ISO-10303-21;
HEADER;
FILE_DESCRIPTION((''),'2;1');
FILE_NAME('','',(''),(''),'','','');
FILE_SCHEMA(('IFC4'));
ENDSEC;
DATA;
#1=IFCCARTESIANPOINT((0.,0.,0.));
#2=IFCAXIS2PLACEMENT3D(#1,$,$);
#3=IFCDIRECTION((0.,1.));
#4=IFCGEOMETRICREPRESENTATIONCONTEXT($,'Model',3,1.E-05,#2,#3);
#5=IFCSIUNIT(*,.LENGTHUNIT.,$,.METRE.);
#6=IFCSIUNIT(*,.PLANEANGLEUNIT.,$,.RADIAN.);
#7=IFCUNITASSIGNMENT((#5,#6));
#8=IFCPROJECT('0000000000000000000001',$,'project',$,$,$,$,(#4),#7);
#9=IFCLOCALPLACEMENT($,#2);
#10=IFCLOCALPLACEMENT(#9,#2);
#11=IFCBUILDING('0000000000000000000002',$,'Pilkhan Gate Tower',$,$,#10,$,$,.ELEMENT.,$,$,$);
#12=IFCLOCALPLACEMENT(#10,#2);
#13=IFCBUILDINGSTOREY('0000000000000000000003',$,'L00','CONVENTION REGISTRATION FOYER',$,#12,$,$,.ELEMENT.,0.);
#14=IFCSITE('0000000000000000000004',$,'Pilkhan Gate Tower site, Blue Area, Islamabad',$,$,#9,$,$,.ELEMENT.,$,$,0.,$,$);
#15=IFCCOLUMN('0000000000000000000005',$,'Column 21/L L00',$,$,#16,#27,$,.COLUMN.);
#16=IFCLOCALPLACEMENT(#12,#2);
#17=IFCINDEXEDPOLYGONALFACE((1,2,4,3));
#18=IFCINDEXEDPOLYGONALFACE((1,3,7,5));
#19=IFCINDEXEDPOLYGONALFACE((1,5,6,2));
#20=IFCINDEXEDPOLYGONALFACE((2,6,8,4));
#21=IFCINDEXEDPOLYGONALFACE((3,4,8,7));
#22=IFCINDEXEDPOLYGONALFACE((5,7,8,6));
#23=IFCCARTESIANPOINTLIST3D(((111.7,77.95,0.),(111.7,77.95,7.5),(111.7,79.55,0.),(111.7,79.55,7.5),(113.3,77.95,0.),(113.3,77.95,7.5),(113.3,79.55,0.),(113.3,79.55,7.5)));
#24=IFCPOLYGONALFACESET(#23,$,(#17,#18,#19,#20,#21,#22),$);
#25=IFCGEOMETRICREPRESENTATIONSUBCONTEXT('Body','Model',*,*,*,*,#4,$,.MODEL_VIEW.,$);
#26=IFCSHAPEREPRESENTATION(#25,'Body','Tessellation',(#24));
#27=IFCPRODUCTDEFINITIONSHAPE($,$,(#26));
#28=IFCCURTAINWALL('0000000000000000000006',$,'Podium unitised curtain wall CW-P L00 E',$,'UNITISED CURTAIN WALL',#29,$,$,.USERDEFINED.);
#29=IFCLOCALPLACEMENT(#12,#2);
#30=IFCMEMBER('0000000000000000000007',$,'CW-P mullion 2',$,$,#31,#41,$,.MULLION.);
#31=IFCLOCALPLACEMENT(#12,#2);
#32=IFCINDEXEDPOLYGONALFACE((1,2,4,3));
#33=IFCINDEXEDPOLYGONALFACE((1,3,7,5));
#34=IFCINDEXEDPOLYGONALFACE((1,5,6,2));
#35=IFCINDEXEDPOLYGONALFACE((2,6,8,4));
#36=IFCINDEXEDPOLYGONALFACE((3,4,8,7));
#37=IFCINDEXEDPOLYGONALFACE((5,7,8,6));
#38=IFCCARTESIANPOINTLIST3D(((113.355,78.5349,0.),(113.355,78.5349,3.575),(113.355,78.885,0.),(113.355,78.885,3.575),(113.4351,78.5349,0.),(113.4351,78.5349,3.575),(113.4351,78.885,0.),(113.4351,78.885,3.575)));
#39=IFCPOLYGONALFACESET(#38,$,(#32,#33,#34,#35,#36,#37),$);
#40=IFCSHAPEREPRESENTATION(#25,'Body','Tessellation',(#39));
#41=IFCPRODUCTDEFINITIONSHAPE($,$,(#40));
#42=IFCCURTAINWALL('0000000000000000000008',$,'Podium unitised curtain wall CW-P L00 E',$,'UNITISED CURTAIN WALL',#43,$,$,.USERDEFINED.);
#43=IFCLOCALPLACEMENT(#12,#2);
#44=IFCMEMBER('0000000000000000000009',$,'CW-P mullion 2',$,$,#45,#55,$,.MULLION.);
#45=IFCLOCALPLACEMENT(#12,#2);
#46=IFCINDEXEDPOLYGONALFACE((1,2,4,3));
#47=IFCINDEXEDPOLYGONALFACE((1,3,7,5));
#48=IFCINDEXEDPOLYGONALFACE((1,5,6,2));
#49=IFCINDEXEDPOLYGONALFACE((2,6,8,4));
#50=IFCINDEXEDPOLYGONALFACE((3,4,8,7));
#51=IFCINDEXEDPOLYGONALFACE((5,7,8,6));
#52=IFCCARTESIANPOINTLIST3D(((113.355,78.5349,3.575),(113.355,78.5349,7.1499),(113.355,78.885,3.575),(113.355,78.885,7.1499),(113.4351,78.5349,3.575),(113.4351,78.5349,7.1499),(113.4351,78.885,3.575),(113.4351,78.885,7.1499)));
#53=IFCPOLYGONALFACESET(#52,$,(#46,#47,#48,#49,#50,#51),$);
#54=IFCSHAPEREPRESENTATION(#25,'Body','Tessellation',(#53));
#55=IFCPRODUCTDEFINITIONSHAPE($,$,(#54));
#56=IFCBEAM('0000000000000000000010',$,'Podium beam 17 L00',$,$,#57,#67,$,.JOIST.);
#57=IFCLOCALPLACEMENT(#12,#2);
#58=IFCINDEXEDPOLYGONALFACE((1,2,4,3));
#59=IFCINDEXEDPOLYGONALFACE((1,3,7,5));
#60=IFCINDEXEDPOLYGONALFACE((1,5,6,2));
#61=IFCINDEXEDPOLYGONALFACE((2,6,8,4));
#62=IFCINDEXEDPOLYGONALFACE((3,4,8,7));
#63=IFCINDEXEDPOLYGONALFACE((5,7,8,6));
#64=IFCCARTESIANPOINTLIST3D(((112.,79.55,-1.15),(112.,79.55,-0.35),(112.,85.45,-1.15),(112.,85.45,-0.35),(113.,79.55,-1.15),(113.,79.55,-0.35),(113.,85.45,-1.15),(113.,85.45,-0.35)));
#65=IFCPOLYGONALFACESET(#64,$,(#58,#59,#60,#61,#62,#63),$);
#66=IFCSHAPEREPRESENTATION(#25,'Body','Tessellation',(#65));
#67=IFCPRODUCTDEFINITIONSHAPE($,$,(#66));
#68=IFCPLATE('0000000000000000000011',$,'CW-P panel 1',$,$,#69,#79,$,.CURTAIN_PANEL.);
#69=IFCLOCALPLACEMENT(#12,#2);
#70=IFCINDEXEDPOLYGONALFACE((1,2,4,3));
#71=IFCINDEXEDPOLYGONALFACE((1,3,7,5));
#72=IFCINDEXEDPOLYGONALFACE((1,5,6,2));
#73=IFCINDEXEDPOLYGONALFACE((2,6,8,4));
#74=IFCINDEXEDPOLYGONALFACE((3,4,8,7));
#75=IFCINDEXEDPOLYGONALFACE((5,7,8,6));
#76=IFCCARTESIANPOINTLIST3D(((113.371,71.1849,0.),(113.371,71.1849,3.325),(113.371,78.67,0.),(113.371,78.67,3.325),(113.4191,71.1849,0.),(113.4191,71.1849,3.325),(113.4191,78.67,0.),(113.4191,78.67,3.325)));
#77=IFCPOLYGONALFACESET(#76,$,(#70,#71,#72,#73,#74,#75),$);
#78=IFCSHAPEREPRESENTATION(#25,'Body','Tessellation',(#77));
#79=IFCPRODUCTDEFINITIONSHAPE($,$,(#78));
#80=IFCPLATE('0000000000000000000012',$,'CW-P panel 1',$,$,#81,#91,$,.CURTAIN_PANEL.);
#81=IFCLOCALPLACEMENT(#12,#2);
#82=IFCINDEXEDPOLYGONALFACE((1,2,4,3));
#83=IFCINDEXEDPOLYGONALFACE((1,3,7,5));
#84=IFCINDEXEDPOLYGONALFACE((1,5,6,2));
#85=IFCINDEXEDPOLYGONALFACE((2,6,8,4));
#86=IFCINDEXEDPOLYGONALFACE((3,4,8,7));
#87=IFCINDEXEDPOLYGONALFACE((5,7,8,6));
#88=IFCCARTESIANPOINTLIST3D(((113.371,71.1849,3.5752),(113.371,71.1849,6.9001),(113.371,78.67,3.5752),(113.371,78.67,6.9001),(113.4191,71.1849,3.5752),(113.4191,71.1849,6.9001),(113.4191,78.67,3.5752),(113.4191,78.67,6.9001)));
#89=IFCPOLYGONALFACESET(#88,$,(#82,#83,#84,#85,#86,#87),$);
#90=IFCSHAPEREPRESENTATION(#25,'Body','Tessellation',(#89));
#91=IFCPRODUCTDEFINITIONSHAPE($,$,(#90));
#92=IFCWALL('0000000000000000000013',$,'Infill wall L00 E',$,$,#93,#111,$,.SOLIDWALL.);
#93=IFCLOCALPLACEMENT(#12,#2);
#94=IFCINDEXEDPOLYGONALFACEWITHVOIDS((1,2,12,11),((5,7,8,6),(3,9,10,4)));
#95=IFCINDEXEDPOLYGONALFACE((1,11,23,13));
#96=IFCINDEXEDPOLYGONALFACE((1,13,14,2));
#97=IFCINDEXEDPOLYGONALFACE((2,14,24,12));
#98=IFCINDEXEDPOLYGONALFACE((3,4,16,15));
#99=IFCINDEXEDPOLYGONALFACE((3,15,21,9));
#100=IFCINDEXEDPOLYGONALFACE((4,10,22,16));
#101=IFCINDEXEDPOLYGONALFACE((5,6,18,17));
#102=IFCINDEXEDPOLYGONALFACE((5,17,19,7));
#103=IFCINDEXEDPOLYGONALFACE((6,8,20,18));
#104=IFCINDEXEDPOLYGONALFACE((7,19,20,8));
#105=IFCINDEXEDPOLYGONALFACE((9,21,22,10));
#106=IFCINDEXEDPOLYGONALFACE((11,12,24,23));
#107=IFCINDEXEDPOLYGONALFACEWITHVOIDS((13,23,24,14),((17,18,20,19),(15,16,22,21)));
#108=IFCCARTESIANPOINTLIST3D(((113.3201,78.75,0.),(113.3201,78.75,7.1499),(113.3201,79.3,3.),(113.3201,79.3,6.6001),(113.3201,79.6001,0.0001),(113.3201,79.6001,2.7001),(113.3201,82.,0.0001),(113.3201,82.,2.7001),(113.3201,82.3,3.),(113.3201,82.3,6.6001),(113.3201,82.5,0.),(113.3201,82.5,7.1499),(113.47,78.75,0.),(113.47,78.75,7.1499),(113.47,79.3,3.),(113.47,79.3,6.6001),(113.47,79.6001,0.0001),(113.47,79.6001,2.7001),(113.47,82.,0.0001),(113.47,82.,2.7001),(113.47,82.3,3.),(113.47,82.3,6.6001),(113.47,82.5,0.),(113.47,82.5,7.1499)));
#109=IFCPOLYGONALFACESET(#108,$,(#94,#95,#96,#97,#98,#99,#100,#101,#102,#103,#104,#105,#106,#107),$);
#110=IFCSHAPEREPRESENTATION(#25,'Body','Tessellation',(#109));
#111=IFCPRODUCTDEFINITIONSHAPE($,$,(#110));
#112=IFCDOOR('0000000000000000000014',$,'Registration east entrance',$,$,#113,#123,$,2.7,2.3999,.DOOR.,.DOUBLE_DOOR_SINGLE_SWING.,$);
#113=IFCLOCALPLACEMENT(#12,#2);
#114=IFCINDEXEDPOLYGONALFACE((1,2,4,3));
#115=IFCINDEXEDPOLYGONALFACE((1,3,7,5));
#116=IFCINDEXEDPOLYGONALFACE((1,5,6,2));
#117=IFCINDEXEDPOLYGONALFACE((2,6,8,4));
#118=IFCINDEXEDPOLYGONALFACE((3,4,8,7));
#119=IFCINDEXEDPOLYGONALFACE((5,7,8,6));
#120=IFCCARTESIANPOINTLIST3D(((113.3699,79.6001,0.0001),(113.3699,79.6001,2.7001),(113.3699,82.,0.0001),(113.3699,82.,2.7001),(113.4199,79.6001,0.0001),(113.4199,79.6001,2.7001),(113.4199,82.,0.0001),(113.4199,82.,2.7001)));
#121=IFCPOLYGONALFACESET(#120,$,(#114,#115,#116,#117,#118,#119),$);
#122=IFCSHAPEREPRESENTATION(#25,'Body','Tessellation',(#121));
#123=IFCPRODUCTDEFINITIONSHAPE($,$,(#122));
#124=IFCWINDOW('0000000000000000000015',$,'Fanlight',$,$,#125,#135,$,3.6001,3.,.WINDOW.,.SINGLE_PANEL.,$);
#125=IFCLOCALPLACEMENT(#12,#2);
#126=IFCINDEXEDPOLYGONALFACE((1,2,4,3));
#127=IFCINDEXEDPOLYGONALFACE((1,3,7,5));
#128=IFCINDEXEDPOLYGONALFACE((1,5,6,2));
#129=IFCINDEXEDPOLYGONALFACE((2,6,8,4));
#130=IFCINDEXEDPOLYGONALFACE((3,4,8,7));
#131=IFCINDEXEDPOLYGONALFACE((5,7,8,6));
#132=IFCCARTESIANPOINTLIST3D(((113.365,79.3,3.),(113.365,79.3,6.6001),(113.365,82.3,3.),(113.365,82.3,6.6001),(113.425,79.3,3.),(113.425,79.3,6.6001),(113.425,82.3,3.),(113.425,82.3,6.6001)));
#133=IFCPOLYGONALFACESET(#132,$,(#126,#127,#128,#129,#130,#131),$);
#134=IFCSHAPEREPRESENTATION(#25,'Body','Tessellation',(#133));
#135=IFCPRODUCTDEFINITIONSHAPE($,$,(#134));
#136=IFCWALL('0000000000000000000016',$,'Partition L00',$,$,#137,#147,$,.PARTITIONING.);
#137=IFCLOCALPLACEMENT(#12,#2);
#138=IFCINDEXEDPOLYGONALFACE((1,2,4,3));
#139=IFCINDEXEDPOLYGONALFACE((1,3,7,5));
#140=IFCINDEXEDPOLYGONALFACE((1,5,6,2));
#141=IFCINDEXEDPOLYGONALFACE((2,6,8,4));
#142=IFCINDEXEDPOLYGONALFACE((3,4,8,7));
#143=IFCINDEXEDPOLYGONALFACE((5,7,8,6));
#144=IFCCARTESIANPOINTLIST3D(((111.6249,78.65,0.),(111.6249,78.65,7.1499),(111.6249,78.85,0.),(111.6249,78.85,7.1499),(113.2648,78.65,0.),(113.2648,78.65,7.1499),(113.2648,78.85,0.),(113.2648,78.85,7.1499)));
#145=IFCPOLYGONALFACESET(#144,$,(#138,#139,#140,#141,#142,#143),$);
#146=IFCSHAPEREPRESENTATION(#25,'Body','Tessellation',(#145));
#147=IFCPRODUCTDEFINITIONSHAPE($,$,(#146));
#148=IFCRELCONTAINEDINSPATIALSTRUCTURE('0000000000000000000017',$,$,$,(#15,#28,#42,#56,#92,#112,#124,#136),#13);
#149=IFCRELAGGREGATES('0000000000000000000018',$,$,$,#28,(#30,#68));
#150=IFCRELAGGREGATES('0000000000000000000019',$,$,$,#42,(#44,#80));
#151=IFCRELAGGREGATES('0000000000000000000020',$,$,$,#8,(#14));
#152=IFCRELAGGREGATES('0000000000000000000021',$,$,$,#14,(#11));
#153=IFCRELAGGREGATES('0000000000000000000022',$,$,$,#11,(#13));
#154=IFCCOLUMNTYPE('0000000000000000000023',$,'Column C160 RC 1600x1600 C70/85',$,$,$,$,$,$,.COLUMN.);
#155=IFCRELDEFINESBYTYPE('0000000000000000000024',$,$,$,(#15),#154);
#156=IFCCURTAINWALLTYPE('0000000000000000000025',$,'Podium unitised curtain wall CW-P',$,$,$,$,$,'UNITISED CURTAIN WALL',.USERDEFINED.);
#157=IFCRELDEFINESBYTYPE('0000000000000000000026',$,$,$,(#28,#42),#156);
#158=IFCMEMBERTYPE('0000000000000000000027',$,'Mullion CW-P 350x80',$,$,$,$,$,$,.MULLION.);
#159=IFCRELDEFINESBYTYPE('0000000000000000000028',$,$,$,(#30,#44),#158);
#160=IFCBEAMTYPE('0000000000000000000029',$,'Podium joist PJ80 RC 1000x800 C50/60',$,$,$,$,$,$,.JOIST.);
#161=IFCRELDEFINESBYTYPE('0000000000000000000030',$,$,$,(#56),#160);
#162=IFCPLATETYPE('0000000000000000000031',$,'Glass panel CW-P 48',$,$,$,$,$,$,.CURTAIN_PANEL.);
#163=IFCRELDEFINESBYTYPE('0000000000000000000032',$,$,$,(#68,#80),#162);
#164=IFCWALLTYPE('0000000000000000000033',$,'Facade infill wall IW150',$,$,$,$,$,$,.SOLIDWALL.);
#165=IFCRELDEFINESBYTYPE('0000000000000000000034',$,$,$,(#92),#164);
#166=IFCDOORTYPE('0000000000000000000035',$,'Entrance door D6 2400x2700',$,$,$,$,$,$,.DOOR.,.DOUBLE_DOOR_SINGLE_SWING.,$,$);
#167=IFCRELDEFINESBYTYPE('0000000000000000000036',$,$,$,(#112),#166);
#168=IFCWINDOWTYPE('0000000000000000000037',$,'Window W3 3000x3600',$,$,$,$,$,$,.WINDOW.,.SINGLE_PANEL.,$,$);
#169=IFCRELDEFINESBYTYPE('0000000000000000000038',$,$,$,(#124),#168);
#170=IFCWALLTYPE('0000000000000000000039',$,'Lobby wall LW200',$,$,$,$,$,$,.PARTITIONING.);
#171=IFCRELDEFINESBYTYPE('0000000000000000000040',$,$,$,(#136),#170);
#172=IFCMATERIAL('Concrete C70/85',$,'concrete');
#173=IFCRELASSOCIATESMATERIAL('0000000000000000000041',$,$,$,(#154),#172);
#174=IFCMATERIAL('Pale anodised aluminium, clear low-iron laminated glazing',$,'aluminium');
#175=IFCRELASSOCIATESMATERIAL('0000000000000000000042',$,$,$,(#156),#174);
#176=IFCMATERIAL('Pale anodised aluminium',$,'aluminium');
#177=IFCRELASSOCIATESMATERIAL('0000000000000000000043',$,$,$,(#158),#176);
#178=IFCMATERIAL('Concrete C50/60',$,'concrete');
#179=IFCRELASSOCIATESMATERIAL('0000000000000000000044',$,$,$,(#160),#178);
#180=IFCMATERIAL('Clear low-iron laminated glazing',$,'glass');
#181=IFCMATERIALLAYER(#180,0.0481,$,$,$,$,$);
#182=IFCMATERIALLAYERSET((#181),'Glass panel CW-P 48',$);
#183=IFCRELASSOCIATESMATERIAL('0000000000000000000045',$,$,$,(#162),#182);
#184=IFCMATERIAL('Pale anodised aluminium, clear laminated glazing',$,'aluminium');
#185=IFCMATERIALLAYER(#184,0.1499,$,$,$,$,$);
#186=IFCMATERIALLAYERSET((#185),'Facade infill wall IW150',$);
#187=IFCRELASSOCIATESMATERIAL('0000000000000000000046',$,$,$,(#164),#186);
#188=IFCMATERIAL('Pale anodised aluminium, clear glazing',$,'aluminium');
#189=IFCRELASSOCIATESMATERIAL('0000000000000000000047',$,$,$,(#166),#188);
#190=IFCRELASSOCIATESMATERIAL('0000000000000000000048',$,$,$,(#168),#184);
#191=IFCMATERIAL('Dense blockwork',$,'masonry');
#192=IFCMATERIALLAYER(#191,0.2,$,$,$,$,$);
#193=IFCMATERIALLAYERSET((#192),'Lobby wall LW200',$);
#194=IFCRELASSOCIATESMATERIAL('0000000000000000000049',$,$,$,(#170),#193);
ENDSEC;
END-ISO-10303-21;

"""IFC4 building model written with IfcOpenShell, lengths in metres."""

from ifc_helpers import new_model, si_unit, direction, frame, frame_2d, origin, origin_2d, place, context, subcontext, project, spatial, rectangle, extrude, material, layer, layer_set, material_profile, profile_set, type_object, element, fill, aggregate, save


model = new_model("IFC4")

# Units and contexts
model_context = context("Model", 3, precision=1e-05, world=origin(), true_north=direction((0.0, 1.0)))
body_context = subcontext(model_context, "Body", "Model", "MODEL_VIEW")
ifc_project = project(units=[si_unit("LENGTHUNIT", "METRE"), si_unit("PLANEANGLEUNIT", "RADIAN")], contexts=[model_context])

# Site, building, storey
site_placement = place(None, origin())
site = spatial("IfcSite", under=ifc_project, at=site_placement, Name="Pilkhan Gate Tower site, Blue Area, Islamabad", CompositionType="ELEMENT", RefElevation=0.0)
building_placement = place(site_placement, origin())
building = spatial("IfcBuilding", under=site, at=building_placement, Name="Pilkhan Gate Tower", CompositionType="ELEMENT")
storey_placement = place(building_placement, origin())
storey = spatial("IfcBuildingStorey", under=building, at=storey_placement, Name="L00", Description="CONVENTION REGISTRATION FOYER", CompositionType="ELEMENT", Elevation=0.0)

# Column
ifc_material_1 = material(Name="Concrete C70/85", Category="concrete")
ifc_material_profile_1 = material_profile(ifc_material_1, rectangle(XDim=1.6001, YDim=1.6001, at=origin_2d()), Name="RC 1600x1600")
ifc_profile_set_1 = profile_set([ifc_material_profile_1], Name="Concrete C70/85")
column_type = type_object("IfcColumnType", Name="Column C160 RC 1600x1600 C70/85", PredefinedType="COLUMN", material=ifc_profile_set_1)
column_placement = place(storey_placement, frame((112.5, 78.75, 0.0), z_axis=(0.0, 0.0, 1.0), x_axis=(1.0, 0.0, 0.0)))
element("IfcColumn", 1, at=column_placement, inside=storey, type_object=column_type, Name="Column 21/L L00", PredefinedType="COLUMN", context=body_context, shape_type="SweptSolid", body=[
    extrude(rectangle(XDim=1.6001, YDim=1.6001, at=origin_2d()), origin(), (0.0, 0.0, 1.0), 7.5),
])

# Curtain walls, members
ifc_material_2 = material(Name="Pale anodised aluminium, clear low-iron laminated glazing", Category="aluminium")
curtain_wall_type = type_object("IfcCurtainWallType", Name="Podium unitised curtain wall CW-P", ElementType="UNITISED CURTAIN WALL", PredefinedType="USERDEFINED", material=ifc_material_2)
curtain_wall_1_placement = place(storey_placement, origin())
curtain_wall_1 = element("IfcCurtainWall", 2, at=curtain_wall_1_placement, inside=storey, type_object=curtain_wall_type, Name="Podium unitised curtain wall CW-P L00 E", ObjectType="UNITISED CURTAIN WALL", PredefinedType="USERDEFINED")
ifc_material_3 = material(Name="Pale anodised aluminium", Category="aluminium")
ifc_material_profile_2 = material_profile(ifc_material_3, rectangle(XDim=0.0801, YDim=0.3501, at=origin_2d()), Name="Mullion 350x80")
ifc_profile_set_2 = profile_set([ifc_material_profile_2], Name="Pale anodised aluminium")
member_type = type_object("IfcMemberType", Name="Mullion CW-P 350x80", PredefinedType="MULLION", material=ifc_profile_set_2)
member_1_placement = place(storey_placement, frame((113.395, 78.71, 0.0), z_axis=(0.0, 0.0, 1.0), x_axis=(-1.0, 0.0, 0.0)))
member_1 = element("IfcMember", 3, at=member_1_placement, type_object=member_type, Name="CW-P mullion 2", PredefinedType="MULLION", context=body_context, shape_type="SweptSolid", body=[
    extrude(rectangle(XDim=0.0801, YDim=0.3501, at=origin_2d()), origin(), (0.0, 0.0, 1.0), 3.575),
])
curtain_wall_2_placement = place(storey_placement, origin())
curtain_wall_2 = element("IfcCurtainWall", 4, at=curtain_wall_2_placement, inside=storey, type_object=curtain_wall_type, Name="Podium unitised curtain wall CW-P L00 E", ObjectType="UNITISED CURTAIN WALL", PredefinedType="USERDEFINED")
member_2_placement = place(storey_placement, frame((113.395, 78.71, 3.575), z_axis=(0.0, 0.0, 1.0), x_axis=(-1.0, 0.0, 0.0)))
member_2 = element("IfcMember", 5, at=member_2_placement, type_object=member_type, Name="CW-P mullion 2", PredefinedType="MULLION", context=body_context, shape_type="SweptSolid", body=[
    extrude(rectangle(XDim=0.0801, YDim=0.3501, at=origin_2d()), origin(), (0.0, 0.0, 1.0), 3.575),
])

# Beam
ifc_material_4 = material(Name="Concrete C50/60", Category="concrete")
ifc_material_profile_3 = material_profile(ifc_material_4, rectangle(XDim=1.0, YDim=0.8, at=origin_2d()), Name="RC 1000x800")
ifc_profile_set_3 = profile_set([ifc_material_profile_3], Name="Concrete C50/60")
beam_type = type_object("IfcBeamType", Name="Podium joist PJ80 RC 1000x800 C50/60", PredefinedType="JOIST", material=ifc_profile_set_3)
beam_placement = place(storey_placement, frame((112.5, 79.55, -0.75), z_axis=(0.0, 1.0, 0.0), x_axis=(-1.0, 0.0, 0.0)))
element("IfcBeam", 6, at=beam_placement, inside=storey, type_object=beam_type, Name="Podium beam 17 L00", PredefinedType="JOIST", context=body_context, shape_type="SweptSolid", body=[
    extrude(rectangle(XDim=1.0, YDim=0.8, at=origin_2d()), origin(), (0.0, 0.0, 1.0), 5.8999),
])

# Plates
ifc_material_5 = material(Name="Clear low-iron laminated glazing", Category="glass")
ifc_layer_1 = layer(ifc_material_5, 0.0481)
ifc_layer_set_1 = layer_set([ifc_layer_1], Name="Glass panel CW-P 48")
plate_type = type_object("IfcPlateType", Name="Glass panel CW-P 48", PredefinedType="CURTAIN_PANEL", material=ifc_layer_set_1)
plate_1_placement = place(storey_placement, frame((113.395, 74.9275, 0.0), z_axis=(0.0, 0.0, 1.0), x_axis=(0.0, 1.0, 0.0)))
plate_1 = element("IfcPlate", 7, at=plate_1_placement, type_object=plate_type, Name="CW-P panel 1", PredefinedType="CURTAIN_PANEL", context=body_context, shape_type="SweptSolid", body=[
    extrude(rectangle(XDim=7.4851, YDim=0.0481, at=origin_2d()), origin(), (0.0, 0.0, 1.0), 3.325),
])
aggregate(curtain_wall_1, [member_1, plate_1])
plate_2_placement = place(storey_placement, frame((113.395, 74.9275, 3.5752), z_axis=(0.0, 0.0, 1.0), x_axis=(0.0, 1.0, 0.0)))
plate_2 = element("IfcPlate", 8, at=plate_2_placement, type_object=plate_type, Name="CW-P panel 1", PredefinedType="CURTAIN_PANEL", context=body_context, shape_type="SweptSolid", body=[
    extrude(rectangle(XDim=7.4851, YDim=0.0481, at=origin_2d()), origin(), (0.0, 0.0, 1.0), 3.325),
])
aggregate(curtain_wall_2, [member_2, plate_2])

# Wall, openings, door, window
ifc_material_6 = material(Name="Pale anodised aluminium, clear laminated glazing", Category="aluminium")
ifc_layer_2 = layer(ifc_material_6, 0.1499)
ifc_layer_set_2 = layer_set([ifc_layer_2], Name="Facade infill wall IW150")
wall_type_1 = type_object("IfcWallType", Name="Facade infill wall IW150", PredefinedType="SOLIDWALL", material=ifc_layer_set_2)
wall_1_placement = place(storey_placement, frame((113.395, 82.5, 0.0), z_axis=(0.0, 0.0, 1.0), x_axis=(0.0, -1.0, 0.0)))
wall_1 = element("IfcWall", 9, at=wall_1_placement, inside=storey, type_object=wall_type_1, Name="Infill wall L00 E", PredefinedType="SOLIDWALL", context=body_context, shape_type="SweptSolid", body=[
    extrude(rectangle(XDim=3.75, YDim=0.1499, at=frame_2d((1.875, 0.0))), origin(), (0.0, 0.0, 1.0), 7.1499),
])
opening_1_placement = place(wall_1_placement, frame((0.5, 0.0, 0.0)))
opening_1 = element("IfcOpeningElement", 10, at=opening_1_placement, cuts=wall_1, PredefinedType="OPENING", context=body_context, shape_type="SweptSolid", body=[
    extrude(rectangle(XDim=2.3999, YDim=2.7, at=frame_2d((1.2, 1.3501))), frame((0.0, 0.085, 0.0), z_axis=(0.0, -1.0, 0.0), x_axis=(1.0, 0.0, 0.0)), (0.0, 0.0, 1.0), 0.1699),
])
opening_2_placement = place(wall_1_placement, frame((0.2, 0.0, 3.0)))
opening_2 = element("IfcOpeningElement", 11, at=opening_2_placement, cuts=wall_1, PredefinedType="OPENING", context=body_context, shape_type="SweptSolid", body=[
    extrude(rectangle(XDim=3.0, YDim=3.6001, at=frame_2d((1.5, 1.8))), frame((0.0, 0.085, 0.0), z_axis=(0.0, -1.0, 0.0), x_axis=(1.0, 0.0, 0.0)), (0.0, 0.0, 1.0), 0.1699),
])
ifc_material_7 = material(Name="Pale anodised aluminium, clear glazing", Category="aluminium")
door_type = type_object("IfcDoorType", Name="Entrance door D6 2400x2700", OperationType="DOUBLE_DOOR_SINGLE_SWING", PredefinedType="DOOR", material=ifc_material_7)
door_placement = place(opening_1_placement, origin())
door = element("IfcDoor", 12, at=door_placement, inside=storey, type_object=door_type, Name="Registration east entrance", OperationType="DOUBLE_DOOR_SINGLE_SWING", OverallHeight=2.7, OverallWidth=2.3999, PredefinedType="DOOR", context=body_context, shape_type="SweptSolid", body=[
    extrude(rectangle(XDim=2.3999, YDim=2.7, at=frame_2d((1.2, 1.3501))), frame((0.0, 0.0249, 0.0), z_axis=(0.0, -1.0, 0.0), x_axis=(1.0, 0.0, 0.0)), (0.0, 0.0, 1.0), 0.05),
])
fill(opening_1, door)
window_type = type_object("IfcWindowType", Name="Window W3 3000x3600", PartitioningType="SINGLE_PANEL", PredefinedType="WINDOW", material=ifc_material_6)
window_placement = place(opening_2_placement, origin())
window = element("IfcWindow", 13, at=window_placement, inside=storey, type_object=window_type, Name="Fanlight", OverallHeight=3.6001, OverallWidth=3.0, PartitioningType="SINGLE_PANEL", PredefinedType="WINDOW", context=body_context, shape_type="SweptSolid", body=[
    extrude(rectangle(XDim=3.0, YDim=3.6001, at=frame_2d((1.5, 1.8))), frame((0.0, 0.03, 0.0), z_axis=(0.0, -1.0, 0.0), x_axis=(1.0, 0.0, 0.0)), (0.0, 0.0, 1.0), 0.0601),
])
fill(opening_2, window)

# Wall
ifc_material_8 = material(Name="Dense blockwork", Category="masonry")
ifc_layer_3 = layer(ifc_material_8, 0.2)
ifc_layer_set_3 = layer_set([ifc_layer_3], Name="Lobby wall LW200")
wall_type_2 = type_object("IfcWallType", Name="Lobby wall LW200", PredefinedType="PARTITIONING", material=ifc_layer_set_3)
wall_2_placement = place(storey_placement, frame((111.625, 78.75, 0.0), z_axis=(0.0, 0.0, 1.0), x_axis=(1.0, 0.0, 0.0)))
element("IfcWall", 14, at=wall_2_placement, inside=storey, type_object=wall_type_2, Name="Partition L00", PredefinedType="PARTITIONING", context=body_context, shape_type="SweptSolid", body=[
    extrude(rectangle(XDim=1.6399, YDim=0.2, at=frame_2d((0.8198, 0.0))), origin(), (0.0, 0.0, 1.0), 7.1499),
])

save(model, "model.ifc")
